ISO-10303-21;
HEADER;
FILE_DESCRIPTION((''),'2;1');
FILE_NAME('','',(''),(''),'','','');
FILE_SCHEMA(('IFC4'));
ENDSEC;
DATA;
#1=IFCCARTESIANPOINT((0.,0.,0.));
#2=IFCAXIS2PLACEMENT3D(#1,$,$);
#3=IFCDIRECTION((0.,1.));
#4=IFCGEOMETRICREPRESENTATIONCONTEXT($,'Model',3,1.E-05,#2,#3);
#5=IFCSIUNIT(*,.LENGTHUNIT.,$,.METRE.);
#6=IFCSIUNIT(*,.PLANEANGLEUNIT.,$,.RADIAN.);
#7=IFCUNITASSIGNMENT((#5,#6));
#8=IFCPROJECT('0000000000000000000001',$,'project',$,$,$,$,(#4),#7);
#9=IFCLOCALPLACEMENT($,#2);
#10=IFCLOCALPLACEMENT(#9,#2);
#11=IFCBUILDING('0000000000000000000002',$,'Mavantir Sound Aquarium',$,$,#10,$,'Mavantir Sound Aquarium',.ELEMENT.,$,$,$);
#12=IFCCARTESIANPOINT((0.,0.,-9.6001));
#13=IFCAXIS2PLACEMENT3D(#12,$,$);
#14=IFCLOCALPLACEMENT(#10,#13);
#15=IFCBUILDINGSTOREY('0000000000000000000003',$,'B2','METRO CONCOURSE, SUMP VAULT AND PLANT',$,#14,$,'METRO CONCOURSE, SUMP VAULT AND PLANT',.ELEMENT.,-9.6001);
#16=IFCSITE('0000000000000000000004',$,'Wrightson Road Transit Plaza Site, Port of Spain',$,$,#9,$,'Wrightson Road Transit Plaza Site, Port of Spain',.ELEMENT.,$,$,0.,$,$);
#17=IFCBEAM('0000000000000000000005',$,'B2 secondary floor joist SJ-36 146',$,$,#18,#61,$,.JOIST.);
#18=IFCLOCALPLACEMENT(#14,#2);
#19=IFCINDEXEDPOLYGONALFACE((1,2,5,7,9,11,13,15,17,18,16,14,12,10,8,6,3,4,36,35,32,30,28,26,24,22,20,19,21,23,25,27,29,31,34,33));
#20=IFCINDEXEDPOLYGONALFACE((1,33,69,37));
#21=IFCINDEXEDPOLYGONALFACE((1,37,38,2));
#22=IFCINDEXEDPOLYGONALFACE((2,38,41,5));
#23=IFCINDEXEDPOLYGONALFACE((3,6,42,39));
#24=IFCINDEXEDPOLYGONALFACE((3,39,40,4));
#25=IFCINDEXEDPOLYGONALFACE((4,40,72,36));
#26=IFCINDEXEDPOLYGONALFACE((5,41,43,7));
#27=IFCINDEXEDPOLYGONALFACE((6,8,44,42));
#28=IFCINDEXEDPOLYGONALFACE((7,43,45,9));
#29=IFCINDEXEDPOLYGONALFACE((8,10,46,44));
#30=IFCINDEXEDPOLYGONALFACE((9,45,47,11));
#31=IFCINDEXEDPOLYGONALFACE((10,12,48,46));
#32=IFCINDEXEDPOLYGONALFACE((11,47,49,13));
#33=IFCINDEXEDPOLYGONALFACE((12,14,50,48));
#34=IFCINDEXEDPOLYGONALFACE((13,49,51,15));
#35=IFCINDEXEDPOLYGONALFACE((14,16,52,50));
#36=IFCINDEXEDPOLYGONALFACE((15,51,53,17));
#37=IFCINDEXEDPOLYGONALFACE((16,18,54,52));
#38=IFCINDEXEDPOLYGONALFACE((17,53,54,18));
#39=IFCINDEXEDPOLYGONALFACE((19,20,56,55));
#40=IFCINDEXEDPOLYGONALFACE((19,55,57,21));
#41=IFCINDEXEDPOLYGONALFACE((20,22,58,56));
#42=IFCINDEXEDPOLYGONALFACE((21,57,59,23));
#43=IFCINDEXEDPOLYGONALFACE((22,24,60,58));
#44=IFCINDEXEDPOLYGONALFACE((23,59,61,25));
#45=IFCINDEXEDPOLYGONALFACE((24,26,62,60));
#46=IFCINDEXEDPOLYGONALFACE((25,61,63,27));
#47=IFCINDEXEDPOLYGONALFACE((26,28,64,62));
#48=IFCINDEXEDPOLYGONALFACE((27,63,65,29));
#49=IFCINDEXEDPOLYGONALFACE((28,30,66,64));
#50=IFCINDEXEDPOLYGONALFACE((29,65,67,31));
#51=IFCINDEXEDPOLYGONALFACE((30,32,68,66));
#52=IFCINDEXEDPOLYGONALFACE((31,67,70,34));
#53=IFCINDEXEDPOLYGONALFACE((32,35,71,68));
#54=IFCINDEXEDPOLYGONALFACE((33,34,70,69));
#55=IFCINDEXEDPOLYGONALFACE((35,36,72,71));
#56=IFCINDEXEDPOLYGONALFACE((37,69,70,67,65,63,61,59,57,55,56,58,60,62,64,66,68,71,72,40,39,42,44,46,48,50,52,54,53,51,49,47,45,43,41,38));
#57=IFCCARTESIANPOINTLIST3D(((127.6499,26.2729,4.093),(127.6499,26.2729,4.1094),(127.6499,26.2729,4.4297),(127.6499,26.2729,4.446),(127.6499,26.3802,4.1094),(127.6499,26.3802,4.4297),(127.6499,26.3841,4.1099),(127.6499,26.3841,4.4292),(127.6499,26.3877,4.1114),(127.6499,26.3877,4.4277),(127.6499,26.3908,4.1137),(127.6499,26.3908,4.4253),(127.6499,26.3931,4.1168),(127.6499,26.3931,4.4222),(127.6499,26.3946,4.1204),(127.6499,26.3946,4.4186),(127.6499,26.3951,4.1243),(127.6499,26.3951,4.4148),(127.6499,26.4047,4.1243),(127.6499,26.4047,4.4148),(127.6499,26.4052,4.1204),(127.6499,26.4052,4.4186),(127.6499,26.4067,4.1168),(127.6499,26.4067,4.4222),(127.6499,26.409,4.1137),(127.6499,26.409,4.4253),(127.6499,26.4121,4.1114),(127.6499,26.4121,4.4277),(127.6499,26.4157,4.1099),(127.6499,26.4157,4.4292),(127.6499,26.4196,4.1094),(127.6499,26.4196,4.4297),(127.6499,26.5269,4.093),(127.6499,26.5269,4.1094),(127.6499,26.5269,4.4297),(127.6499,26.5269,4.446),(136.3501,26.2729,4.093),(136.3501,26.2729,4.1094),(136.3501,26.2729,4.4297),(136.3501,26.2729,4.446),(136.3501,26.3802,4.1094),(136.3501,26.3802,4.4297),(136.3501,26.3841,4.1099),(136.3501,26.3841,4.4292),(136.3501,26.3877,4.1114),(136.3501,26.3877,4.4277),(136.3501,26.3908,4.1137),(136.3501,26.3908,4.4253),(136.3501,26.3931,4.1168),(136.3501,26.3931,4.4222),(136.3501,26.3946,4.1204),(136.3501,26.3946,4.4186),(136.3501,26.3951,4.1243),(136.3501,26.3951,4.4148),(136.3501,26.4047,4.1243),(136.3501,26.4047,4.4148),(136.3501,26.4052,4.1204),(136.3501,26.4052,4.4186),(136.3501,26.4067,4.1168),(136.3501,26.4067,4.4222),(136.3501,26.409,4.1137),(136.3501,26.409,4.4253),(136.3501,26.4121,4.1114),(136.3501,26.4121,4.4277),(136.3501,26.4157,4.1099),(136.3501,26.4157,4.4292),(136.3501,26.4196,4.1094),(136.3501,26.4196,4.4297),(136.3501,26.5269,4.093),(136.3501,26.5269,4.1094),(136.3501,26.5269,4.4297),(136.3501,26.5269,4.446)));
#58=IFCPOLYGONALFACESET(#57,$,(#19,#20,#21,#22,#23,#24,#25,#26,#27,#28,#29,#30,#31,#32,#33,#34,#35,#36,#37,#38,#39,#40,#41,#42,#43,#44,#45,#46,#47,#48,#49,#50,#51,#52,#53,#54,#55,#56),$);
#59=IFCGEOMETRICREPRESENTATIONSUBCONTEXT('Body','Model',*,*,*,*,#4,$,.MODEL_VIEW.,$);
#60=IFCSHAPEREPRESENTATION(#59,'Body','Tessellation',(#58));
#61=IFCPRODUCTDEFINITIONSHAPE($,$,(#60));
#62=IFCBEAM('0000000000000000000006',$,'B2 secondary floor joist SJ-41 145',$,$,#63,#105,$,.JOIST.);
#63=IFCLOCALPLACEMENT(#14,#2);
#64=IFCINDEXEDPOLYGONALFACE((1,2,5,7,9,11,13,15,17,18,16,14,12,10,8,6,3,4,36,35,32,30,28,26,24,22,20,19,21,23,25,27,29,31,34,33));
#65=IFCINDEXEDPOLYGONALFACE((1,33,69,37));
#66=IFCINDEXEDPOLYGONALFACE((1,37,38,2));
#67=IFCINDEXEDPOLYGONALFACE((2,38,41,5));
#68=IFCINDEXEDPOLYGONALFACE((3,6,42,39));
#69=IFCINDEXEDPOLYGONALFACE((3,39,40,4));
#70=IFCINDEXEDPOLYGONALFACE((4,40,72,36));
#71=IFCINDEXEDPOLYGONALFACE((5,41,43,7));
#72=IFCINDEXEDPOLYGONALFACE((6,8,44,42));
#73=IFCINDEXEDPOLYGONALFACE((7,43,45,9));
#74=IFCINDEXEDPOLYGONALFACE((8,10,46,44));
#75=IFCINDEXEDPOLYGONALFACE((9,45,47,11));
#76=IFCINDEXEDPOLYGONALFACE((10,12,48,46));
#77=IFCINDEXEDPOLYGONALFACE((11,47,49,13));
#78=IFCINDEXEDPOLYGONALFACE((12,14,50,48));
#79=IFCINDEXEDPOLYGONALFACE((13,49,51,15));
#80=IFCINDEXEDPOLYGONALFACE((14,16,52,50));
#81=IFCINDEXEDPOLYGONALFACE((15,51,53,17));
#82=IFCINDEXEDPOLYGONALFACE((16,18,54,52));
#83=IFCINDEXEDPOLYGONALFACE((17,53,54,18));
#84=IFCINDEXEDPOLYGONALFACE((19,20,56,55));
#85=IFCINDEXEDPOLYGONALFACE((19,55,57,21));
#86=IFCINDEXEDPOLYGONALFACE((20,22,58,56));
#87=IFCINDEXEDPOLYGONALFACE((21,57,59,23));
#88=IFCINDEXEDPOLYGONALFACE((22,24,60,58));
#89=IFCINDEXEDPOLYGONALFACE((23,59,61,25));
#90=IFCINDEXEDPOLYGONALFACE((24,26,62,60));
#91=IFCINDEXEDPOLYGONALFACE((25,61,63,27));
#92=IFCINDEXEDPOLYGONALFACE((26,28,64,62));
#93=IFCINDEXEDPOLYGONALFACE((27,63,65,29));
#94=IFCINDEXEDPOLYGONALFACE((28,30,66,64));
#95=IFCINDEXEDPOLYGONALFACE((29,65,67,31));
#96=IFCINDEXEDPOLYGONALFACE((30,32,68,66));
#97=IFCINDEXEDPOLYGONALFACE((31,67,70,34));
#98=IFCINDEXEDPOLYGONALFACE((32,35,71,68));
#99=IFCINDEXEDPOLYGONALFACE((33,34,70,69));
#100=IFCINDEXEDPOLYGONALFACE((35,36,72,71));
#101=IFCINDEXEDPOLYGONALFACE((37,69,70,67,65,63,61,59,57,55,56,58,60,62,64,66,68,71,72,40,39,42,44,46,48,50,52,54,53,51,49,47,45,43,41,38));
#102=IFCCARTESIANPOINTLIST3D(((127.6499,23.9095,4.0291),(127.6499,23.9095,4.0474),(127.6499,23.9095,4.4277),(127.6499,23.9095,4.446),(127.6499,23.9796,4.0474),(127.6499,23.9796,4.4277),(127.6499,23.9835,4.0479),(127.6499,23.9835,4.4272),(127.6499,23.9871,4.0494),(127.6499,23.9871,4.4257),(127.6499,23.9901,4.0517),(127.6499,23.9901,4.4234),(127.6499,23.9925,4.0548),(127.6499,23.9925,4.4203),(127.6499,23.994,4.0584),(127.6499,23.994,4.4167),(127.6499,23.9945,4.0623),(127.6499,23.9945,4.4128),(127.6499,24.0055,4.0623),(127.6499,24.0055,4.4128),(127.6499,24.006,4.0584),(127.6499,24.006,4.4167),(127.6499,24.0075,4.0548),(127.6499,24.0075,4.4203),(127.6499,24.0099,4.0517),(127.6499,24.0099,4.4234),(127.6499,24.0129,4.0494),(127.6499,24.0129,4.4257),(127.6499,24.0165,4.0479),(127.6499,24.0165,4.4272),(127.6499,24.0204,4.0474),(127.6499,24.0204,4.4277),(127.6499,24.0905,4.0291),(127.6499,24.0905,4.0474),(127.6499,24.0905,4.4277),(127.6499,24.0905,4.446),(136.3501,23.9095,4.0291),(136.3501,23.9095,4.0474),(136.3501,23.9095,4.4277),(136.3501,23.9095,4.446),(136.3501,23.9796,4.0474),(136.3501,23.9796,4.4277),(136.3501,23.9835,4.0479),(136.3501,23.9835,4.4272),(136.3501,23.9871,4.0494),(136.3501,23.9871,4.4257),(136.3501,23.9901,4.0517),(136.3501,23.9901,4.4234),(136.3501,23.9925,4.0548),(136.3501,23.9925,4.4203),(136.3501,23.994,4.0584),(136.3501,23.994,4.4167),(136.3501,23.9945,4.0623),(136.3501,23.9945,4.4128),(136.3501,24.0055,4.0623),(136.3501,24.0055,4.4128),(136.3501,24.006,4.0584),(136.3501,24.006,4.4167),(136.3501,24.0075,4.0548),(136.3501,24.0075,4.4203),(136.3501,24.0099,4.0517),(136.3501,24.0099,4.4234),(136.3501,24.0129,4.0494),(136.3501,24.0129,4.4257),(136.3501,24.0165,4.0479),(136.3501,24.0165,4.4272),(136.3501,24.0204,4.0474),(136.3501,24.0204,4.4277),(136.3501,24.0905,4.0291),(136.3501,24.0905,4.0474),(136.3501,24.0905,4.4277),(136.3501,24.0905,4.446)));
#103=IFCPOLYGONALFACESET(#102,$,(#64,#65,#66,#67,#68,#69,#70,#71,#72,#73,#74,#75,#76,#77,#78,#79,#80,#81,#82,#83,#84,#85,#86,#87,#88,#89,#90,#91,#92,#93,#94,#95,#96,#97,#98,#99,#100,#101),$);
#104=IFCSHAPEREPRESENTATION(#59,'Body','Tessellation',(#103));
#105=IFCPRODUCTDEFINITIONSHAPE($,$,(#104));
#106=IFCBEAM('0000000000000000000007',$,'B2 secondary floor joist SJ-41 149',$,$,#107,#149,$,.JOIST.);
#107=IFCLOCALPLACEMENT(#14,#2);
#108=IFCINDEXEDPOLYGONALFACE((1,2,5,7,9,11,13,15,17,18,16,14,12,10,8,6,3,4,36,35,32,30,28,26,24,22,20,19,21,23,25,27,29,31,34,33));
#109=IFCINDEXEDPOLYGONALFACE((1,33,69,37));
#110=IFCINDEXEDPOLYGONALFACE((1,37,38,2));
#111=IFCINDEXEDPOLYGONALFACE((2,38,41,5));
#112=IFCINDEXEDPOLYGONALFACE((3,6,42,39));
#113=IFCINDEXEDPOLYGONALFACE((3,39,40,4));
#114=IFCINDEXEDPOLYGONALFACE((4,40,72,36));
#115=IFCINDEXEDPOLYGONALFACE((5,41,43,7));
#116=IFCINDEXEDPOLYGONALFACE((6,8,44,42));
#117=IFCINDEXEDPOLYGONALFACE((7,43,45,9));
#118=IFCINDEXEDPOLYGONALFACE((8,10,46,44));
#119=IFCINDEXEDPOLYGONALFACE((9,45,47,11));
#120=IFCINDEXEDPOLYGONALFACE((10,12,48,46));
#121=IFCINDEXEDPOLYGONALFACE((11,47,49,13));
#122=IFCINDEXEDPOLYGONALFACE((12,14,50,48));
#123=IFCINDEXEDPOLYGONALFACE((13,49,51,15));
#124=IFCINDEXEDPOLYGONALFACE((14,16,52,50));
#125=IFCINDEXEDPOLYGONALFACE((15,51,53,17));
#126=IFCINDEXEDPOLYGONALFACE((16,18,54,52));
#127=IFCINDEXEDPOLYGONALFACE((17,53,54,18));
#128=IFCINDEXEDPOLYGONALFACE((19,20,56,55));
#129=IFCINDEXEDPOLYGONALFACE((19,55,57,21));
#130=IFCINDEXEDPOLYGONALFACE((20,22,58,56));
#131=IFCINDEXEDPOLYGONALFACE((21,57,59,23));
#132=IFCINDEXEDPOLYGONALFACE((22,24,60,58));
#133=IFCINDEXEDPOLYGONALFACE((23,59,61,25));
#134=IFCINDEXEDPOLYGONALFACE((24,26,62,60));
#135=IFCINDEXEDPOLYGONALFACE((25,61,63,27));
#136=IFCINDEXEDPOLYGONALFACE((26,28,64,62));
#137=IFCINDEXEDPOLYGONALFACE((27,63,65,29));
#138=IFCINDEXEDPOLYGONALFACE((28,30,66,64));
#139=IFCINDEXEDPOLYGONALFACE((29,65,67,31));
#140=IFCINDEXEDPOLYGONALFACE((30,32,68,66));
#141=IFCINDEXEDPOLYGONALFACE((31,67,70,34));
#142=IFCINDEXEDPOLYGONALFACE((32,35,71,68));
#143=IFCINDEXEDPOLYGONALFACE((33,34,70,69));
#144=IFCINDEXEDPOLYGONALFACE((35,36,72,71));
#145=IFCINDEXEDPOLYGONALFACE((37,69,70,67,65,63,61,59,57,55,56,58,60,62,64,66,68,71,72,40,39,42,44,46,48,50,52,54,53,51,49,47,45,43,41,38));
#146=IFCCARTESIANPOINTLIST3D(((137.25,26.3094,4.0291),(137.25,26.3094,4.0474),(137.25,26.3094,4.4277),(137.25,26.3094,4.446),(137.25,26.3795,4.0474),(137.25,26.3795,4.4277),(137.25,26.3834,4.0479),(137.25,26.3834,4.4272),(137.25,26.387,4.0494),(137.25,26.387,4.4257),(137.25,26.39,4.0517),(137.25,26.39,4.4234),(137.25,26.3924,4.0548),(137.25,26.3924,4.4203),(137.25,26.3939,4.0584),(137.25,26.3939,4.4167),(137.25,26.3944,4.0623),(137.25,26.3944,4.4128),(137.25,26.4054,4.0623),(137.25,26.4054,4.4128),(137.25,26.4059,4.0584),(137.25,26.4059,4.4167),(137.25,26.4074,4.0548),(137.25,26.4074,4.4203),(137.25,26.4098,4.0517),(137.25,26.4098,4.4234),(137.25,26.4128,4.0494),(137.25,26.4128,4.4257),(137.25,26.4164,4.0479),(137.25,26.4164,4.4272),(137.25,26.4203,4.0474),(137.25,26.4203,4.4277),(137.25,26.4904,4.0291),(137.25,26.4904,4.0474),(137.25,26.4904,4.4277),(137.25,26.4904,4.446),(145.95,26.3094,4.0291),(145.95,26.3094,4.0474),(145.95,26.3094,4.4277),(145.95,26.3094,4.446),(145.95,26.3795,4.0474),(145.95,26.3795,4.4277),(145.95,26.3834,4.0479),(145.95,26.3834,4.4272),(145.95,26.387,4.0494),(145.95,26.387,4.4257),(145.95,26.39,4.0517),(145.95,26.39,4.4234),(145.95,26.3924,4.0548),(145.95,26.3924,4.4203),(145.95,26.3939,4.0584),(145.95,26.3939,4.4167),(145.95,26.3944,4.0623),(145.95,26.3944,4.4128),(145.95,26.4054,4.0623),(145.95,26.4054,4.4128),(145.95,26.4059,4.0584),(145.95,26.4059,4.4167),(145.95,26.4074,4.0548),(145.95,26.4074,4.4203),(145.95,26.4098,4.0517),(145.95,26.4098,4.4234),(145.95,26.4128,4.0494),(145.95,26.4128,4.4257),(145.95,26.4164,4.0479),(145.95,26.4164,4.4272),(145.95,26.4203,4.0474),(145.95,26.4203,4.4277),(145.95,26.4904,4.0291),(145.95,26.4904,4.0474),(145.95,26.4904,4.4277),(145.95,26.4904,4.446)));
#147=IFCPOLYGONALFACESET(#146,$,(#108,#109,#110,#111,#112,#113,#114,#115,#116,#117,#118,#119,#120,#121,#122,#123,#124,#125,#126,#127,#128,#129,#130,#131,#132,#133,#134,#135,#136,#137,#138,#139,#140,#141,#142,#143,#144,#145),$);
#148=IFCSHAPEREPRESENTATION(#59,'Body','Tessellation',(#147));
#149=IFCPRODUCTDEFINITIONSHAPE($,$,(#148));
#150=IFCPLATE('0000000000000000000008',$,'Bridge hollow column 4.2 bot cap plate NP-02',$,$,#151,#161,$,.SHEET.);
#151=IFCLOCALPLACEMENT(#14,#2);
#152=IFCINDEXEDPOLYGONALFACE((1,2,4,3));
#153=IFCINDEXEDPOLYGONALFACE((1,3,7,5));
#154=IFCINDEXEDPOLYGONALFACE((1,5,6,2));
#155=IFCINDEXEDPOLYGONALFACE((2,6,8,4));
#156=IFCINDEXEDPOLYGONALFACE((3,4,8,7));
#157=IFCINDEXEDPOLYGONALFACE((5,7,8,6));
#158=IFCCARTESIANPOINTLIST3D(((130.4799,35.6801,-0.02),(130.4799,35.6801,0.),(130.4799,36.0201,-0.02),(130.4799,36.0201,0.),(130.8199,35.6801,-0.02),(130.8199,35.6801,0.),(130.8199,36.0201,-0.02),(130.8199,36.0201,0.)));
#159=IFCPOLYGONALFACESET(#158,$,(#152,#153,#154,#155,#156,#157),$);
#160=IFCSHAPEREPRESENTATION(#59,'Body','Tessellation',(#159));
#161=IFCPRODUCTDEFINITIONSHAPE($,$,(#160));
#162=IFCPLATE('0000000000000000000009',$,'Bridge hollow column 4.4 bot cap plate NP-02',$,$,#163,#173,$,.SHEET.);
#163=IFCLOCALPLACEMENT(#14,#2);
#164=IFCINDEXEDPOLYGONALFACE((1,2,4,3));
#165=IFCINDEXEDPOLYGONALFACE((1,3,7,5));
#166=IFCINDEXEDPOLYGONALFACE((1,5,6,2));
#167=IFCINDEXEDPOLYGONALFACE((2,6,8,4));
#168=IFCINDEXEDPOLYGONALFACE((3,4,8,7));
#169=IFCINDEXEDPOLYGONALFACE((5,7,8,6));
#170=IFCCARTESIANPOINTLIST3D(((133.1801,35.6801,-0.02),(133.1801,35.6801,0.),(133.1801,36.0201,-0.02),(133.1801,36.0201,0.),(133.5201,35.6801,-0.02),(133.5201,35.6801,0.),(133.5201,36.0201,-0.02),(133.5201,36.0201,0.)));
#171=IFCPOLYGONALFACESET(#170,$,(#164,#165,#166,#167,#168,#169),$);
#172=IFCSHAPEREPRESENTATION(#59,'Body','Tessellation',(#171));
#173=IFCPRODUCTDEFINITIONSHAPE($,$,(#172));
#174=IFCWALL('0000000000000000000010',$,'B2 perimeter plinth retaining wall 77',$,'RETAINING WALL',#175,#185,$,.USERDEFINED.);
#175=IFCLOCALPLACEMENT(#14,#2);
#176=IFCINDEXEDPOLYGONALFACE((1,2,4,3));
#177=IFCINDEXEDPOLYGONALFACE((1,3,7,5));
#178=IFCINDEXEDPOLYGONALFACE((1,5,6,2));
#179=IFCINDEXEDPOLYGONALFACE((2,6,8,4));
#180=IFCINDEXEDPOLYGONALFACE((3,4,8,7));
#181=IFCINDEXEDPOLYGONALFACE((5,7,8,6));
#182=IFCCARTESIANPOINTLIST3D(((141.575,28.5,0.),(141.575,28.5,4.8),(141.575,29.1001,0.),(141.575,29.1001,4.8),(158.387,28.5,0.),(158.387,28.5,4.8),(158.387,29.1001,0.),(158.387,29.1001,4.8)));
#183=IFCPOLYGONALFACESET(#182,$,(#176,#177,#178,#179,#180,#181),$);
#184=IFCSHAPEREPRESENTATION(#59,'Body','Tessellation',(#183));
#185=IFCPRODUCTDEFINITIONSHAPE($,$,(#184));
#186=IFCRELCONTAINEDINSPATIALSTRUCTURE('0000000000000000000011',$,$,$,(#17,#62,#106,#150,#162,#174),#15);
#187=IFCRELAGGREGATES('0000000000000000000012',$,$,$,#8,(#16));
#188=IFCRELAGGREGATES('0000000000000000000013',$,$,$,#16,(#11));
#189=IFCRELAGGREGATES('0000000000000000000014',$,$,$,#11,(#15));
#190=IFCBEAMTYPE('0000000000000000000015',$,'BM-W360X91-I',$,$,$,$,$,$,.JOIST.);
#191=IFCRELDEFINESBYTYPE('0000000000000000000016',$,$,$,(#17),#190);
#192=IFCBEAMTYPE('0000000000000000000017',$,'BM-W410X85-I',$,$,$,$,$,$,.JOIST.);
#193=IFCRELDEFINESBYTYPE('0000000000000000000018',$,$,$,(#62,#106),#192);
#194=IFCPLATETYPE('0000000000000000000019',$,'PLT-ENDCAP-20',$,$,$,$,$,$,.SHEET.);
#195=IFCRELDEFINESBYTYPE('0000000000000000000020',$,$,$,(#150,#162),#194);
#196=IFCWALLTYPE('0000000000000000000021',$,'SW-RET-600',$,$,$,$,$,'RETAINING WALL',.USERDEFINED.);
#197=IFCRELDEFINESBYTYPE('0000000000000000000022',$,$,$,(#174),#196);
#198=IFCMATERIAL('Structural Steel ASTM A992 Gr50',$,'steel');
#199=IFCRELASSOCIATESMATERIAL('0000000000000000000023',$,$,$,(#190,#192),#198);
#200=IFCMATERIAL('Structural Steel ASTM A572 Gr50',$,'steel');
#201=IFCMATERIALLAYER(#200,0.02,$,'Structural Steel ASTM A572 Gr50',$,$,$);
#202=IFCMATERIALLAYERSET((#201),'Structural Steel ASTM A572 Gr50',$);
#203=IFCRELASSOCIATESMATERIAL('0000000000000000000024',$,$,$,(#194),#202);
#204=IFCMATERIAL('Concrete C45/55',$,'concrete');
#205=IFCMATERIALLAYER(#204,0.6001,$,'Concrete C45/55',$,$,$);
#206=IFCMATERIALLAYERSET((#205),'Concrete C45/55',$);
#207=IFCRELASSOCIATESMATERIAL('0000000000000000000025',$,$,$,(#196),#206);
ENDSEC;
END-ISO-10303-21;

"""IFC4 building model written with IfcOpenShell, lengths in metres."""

from ifc_helpers import new_model, si_unit, direction, frame, frame_2d, origin, origin_2d, place, context, subcontext, project, spatial, rectangle, i_section, extrude, material, layer, layer_set, material_profile, profile_set, type_object, element, save


model = new_model("IFC4")

# Units and contexts
model_context = context("Model", 3, precision=1e-05, world=origin(), true_north=direction((0.0, 1.0)))
body_context = subcontext(model_context, "Body", "Model", "MODEL_VIEW")
ifc_project = project(units=[si_unit("LENGTHUNIT", "METRE"), si_unit("PLANEANGLEUNIT", "RADIAN")], contexts=[model_context])

# Site, building, storey
site_placement = place(None, origin())
site = spatial("IfcSite", under=ifc_project, at=site_placement, Name="Wrightson Road Transit Plaza Site, Port of Spain", LongName="Wrightson Road Transit Plaza Site, Port of Spain", CompositionType="ELEMENT", RefElevation=0.0)
building_placement = place(site_placement, origin())
building = spatial("IfcBuilding", under=site, at=building_placement, Name="Mavantir Sound Aquarium", LongName="Mavantir Sound Aquarium", CompositionType="ELEMENT")
storey_placement = place(building_placement, frame((0.0, 0.0, -9.6001)))
storey = spatial("IfcBuildingStorey", under=building, at=storey_placement, Name="B2", Description="METRO CONCOURSE, SUMP VAULT AND PLANT", LongName="METRO CONCOURSE, SUMP VAULT AND PLANT", CompositionType="ELEMENT", Elevation=-9.6001)

# Beams
ifc_material_1 = material(Name="Structural Steel ASTM A992 Gr50", Category="steel")
ifc_material_profile_1 = material_profile(ifc_material_1, i_section(OverallWidth=0.2539, OverallDepth=0.353, WebThickness=0.0095, FlangeThickness=0.0164, FilletRadius=0.0149, at=origin_2d()), Name="W360X91")
ifc_profile_set_1 = profile_set([ifc_material_profile_1], Name="Structural Steel ASTM A992 Gr50")
beam_type_1 = type_object("IfcBeamType", Name="BM-W360X91-I", PredefinedType="JOIST", material=ifc_profile_set_1)
beam_1_placement = place(storey_placement, frame((127.6499, 26.3999, 4.2695), z_axis=(1.0, 0.0, 0.0), x_axis=(0.0, 1.0, 0.0)))
element("IfcBeam", 1, at=beam_1_placement, inside=storey, type_object=beam_type_1, Name="B2 secondary floor joist SJ-36 146", PredefinedType="JOIST", context=body_context, shape_type="SweptSolid", body=[
    extrude(i_section(OverallWidth=0.2539, OverallDepth=0.353, WebThickness=0.0095, FlangeThickness=0.0164, FilletRadius=0.0149, at=origin_2d()), origin(), (0.0, 0.0, 1.0), 8.7002),
])
ifc_material_profile_2 = material_profile(ifc_material_1, i_section(OverallWidth=0.1809, OverallDepth=0.417, WebThickness=0.011, FlangeThickness=0.0183, FilletRadius=0.0149, at=origin_2d()), Name="W410X85")
ifc_profile_set_2 = profile_set([ifc_material_profile_2], Name="Structural Steel ASTM A992 Gr50")
beam_type_2 = type_object("IfcBeamType", Name="BM-W410X85-I", PredefinedType="JOIST", material=ifc_profile_set_2)
beam_2_placement = place(storey_placement, frame((127.6499, 24.0, 4.2375), z_axis=(1.0, 0.0, 0.0), x_axis=(0.0, 1.0, 0.0)))
element("IfcBeam", 2, at=beam_2_placement, inside=storey, type_object=beam_type_2, Name="B2 secondary floor joist SJ-41 145", PredefinedType="JOIST", context=body_context, shape_type="SweptSolid", body=[
    extrude(i_section(OverallWidth=0.1809, OverallDepth=0.417, WebThickness=0.011, FlangeThickness=0.0183, FilletRadius=0.0149, at=origin_2d()), origin(), (0.0, 0.0, 1.0), 8.7002),
])
beam_3_placement = place(storey_placement, frame((137.25, 26.3999, 4.2375), z_axis=(1.0, 0.0, 0.0), x_axis=(0.0, 1.0, 0.0)))
element("IfcBeam", 3, at=beam_3_placement, inside=storey, type_object=beam_type_2, Name="B2 secondary floor joist SJ-41 149", PredefinedType="JOIST", context=body_context, shape_type="SweptSolid", body=[
    extrude(i_section(OverallWidth=0.1809, OverallDepth=0.417, WebThickness=0.011, FlangeThickness=0.0183, FilletRadius=0.0149, at=origin_2d()), origin(), (0.0, 0.0, 1.0), 8.7),
])

# Plates
ifc_material_2 = material(Name="Structural Steel ASTM A572 Gr50", Category="steel")
ifc_layer_1 = layer(ifc_material_2, 0.02, Name="Structural Steel ASTM A572 Gr50")
ifc_layer_set_1 = layer_set([ifc_layer_1], Name="Structural Steel ASTM A572 Gr50")
plate_type = type_object("IfcPlateType", Name="PLT-ENDCAP-20", PredefinedType="SHEET", material=ifc_layer_set_1)
for number, where, z_axis, x_axis, name in (
    (4, (130.6499, 35.8501, -0.02), (0.0, 0.0, 1.0), (1.0, 0.0, 0.0), "Bridge hollow column 4.2 bot cap plate NP-02"),
    (5, (133.3501, 35.8501, -0.02), (0.0, 0.0, 1.0), (1.0, 0.0, 0.0), "Bridge hollow column 4.4 bot cap plate NP-02"),
):
    element("IfcPlate", number, at=place(storey_placement, frame(where, z_axis=z_axis, x_axis=x_axis)), inside=storey, type_object=plate_type, Name=name, PredefinedType="SHEET", context=body_context, shape_type="SweptSolid", body=[
        extrude(rectangle(XDim=0.3401, YDim=0.3401, at=origin_2d()), origin(), (0.0, 0.0, 1.0), 0.02),
    ])

# Wall
ifc_material_3 = material(Name="Concrete C45/55", Category="concrete")
ifc_layer_2 = layer(ifc_material_3, 0.6001, Name="Concrete C45/55")
ifc_layer_set_2 = layer_set([ifc_layer_2], Name="Concrete C45/55")
wall_type = type_object("IfcWallType", Name="SW-RET-600", ElementType="RETAINING WALL", PredefinedType="USERDEFINED", material=ifc_layer_set_2)
wall_placement = place(storey_placement, frame((141.575, 28.8, 0.0), z_axis=(0.0, 0.0, 1.0), x_axis=(1.0, 0.0, 0.0)))
element("IfcWall", 6, at=wall_placement, inside=storey, type_object=wall_type, Name="B2 perimeter plinth retaining wall 77", ObjectType="RETAINING WALL", PredefinedType="USERDEFINED", context=body_context, shape_type="SweptSolid", body=[
    extrude(rectangle(XDim=16.812, YDim=0.6001, at=frame_2d((8.406, 0.0))), origin(), (0.0, 0.0, 1.0), 4.8),
])

save(model, "model.ifc")
